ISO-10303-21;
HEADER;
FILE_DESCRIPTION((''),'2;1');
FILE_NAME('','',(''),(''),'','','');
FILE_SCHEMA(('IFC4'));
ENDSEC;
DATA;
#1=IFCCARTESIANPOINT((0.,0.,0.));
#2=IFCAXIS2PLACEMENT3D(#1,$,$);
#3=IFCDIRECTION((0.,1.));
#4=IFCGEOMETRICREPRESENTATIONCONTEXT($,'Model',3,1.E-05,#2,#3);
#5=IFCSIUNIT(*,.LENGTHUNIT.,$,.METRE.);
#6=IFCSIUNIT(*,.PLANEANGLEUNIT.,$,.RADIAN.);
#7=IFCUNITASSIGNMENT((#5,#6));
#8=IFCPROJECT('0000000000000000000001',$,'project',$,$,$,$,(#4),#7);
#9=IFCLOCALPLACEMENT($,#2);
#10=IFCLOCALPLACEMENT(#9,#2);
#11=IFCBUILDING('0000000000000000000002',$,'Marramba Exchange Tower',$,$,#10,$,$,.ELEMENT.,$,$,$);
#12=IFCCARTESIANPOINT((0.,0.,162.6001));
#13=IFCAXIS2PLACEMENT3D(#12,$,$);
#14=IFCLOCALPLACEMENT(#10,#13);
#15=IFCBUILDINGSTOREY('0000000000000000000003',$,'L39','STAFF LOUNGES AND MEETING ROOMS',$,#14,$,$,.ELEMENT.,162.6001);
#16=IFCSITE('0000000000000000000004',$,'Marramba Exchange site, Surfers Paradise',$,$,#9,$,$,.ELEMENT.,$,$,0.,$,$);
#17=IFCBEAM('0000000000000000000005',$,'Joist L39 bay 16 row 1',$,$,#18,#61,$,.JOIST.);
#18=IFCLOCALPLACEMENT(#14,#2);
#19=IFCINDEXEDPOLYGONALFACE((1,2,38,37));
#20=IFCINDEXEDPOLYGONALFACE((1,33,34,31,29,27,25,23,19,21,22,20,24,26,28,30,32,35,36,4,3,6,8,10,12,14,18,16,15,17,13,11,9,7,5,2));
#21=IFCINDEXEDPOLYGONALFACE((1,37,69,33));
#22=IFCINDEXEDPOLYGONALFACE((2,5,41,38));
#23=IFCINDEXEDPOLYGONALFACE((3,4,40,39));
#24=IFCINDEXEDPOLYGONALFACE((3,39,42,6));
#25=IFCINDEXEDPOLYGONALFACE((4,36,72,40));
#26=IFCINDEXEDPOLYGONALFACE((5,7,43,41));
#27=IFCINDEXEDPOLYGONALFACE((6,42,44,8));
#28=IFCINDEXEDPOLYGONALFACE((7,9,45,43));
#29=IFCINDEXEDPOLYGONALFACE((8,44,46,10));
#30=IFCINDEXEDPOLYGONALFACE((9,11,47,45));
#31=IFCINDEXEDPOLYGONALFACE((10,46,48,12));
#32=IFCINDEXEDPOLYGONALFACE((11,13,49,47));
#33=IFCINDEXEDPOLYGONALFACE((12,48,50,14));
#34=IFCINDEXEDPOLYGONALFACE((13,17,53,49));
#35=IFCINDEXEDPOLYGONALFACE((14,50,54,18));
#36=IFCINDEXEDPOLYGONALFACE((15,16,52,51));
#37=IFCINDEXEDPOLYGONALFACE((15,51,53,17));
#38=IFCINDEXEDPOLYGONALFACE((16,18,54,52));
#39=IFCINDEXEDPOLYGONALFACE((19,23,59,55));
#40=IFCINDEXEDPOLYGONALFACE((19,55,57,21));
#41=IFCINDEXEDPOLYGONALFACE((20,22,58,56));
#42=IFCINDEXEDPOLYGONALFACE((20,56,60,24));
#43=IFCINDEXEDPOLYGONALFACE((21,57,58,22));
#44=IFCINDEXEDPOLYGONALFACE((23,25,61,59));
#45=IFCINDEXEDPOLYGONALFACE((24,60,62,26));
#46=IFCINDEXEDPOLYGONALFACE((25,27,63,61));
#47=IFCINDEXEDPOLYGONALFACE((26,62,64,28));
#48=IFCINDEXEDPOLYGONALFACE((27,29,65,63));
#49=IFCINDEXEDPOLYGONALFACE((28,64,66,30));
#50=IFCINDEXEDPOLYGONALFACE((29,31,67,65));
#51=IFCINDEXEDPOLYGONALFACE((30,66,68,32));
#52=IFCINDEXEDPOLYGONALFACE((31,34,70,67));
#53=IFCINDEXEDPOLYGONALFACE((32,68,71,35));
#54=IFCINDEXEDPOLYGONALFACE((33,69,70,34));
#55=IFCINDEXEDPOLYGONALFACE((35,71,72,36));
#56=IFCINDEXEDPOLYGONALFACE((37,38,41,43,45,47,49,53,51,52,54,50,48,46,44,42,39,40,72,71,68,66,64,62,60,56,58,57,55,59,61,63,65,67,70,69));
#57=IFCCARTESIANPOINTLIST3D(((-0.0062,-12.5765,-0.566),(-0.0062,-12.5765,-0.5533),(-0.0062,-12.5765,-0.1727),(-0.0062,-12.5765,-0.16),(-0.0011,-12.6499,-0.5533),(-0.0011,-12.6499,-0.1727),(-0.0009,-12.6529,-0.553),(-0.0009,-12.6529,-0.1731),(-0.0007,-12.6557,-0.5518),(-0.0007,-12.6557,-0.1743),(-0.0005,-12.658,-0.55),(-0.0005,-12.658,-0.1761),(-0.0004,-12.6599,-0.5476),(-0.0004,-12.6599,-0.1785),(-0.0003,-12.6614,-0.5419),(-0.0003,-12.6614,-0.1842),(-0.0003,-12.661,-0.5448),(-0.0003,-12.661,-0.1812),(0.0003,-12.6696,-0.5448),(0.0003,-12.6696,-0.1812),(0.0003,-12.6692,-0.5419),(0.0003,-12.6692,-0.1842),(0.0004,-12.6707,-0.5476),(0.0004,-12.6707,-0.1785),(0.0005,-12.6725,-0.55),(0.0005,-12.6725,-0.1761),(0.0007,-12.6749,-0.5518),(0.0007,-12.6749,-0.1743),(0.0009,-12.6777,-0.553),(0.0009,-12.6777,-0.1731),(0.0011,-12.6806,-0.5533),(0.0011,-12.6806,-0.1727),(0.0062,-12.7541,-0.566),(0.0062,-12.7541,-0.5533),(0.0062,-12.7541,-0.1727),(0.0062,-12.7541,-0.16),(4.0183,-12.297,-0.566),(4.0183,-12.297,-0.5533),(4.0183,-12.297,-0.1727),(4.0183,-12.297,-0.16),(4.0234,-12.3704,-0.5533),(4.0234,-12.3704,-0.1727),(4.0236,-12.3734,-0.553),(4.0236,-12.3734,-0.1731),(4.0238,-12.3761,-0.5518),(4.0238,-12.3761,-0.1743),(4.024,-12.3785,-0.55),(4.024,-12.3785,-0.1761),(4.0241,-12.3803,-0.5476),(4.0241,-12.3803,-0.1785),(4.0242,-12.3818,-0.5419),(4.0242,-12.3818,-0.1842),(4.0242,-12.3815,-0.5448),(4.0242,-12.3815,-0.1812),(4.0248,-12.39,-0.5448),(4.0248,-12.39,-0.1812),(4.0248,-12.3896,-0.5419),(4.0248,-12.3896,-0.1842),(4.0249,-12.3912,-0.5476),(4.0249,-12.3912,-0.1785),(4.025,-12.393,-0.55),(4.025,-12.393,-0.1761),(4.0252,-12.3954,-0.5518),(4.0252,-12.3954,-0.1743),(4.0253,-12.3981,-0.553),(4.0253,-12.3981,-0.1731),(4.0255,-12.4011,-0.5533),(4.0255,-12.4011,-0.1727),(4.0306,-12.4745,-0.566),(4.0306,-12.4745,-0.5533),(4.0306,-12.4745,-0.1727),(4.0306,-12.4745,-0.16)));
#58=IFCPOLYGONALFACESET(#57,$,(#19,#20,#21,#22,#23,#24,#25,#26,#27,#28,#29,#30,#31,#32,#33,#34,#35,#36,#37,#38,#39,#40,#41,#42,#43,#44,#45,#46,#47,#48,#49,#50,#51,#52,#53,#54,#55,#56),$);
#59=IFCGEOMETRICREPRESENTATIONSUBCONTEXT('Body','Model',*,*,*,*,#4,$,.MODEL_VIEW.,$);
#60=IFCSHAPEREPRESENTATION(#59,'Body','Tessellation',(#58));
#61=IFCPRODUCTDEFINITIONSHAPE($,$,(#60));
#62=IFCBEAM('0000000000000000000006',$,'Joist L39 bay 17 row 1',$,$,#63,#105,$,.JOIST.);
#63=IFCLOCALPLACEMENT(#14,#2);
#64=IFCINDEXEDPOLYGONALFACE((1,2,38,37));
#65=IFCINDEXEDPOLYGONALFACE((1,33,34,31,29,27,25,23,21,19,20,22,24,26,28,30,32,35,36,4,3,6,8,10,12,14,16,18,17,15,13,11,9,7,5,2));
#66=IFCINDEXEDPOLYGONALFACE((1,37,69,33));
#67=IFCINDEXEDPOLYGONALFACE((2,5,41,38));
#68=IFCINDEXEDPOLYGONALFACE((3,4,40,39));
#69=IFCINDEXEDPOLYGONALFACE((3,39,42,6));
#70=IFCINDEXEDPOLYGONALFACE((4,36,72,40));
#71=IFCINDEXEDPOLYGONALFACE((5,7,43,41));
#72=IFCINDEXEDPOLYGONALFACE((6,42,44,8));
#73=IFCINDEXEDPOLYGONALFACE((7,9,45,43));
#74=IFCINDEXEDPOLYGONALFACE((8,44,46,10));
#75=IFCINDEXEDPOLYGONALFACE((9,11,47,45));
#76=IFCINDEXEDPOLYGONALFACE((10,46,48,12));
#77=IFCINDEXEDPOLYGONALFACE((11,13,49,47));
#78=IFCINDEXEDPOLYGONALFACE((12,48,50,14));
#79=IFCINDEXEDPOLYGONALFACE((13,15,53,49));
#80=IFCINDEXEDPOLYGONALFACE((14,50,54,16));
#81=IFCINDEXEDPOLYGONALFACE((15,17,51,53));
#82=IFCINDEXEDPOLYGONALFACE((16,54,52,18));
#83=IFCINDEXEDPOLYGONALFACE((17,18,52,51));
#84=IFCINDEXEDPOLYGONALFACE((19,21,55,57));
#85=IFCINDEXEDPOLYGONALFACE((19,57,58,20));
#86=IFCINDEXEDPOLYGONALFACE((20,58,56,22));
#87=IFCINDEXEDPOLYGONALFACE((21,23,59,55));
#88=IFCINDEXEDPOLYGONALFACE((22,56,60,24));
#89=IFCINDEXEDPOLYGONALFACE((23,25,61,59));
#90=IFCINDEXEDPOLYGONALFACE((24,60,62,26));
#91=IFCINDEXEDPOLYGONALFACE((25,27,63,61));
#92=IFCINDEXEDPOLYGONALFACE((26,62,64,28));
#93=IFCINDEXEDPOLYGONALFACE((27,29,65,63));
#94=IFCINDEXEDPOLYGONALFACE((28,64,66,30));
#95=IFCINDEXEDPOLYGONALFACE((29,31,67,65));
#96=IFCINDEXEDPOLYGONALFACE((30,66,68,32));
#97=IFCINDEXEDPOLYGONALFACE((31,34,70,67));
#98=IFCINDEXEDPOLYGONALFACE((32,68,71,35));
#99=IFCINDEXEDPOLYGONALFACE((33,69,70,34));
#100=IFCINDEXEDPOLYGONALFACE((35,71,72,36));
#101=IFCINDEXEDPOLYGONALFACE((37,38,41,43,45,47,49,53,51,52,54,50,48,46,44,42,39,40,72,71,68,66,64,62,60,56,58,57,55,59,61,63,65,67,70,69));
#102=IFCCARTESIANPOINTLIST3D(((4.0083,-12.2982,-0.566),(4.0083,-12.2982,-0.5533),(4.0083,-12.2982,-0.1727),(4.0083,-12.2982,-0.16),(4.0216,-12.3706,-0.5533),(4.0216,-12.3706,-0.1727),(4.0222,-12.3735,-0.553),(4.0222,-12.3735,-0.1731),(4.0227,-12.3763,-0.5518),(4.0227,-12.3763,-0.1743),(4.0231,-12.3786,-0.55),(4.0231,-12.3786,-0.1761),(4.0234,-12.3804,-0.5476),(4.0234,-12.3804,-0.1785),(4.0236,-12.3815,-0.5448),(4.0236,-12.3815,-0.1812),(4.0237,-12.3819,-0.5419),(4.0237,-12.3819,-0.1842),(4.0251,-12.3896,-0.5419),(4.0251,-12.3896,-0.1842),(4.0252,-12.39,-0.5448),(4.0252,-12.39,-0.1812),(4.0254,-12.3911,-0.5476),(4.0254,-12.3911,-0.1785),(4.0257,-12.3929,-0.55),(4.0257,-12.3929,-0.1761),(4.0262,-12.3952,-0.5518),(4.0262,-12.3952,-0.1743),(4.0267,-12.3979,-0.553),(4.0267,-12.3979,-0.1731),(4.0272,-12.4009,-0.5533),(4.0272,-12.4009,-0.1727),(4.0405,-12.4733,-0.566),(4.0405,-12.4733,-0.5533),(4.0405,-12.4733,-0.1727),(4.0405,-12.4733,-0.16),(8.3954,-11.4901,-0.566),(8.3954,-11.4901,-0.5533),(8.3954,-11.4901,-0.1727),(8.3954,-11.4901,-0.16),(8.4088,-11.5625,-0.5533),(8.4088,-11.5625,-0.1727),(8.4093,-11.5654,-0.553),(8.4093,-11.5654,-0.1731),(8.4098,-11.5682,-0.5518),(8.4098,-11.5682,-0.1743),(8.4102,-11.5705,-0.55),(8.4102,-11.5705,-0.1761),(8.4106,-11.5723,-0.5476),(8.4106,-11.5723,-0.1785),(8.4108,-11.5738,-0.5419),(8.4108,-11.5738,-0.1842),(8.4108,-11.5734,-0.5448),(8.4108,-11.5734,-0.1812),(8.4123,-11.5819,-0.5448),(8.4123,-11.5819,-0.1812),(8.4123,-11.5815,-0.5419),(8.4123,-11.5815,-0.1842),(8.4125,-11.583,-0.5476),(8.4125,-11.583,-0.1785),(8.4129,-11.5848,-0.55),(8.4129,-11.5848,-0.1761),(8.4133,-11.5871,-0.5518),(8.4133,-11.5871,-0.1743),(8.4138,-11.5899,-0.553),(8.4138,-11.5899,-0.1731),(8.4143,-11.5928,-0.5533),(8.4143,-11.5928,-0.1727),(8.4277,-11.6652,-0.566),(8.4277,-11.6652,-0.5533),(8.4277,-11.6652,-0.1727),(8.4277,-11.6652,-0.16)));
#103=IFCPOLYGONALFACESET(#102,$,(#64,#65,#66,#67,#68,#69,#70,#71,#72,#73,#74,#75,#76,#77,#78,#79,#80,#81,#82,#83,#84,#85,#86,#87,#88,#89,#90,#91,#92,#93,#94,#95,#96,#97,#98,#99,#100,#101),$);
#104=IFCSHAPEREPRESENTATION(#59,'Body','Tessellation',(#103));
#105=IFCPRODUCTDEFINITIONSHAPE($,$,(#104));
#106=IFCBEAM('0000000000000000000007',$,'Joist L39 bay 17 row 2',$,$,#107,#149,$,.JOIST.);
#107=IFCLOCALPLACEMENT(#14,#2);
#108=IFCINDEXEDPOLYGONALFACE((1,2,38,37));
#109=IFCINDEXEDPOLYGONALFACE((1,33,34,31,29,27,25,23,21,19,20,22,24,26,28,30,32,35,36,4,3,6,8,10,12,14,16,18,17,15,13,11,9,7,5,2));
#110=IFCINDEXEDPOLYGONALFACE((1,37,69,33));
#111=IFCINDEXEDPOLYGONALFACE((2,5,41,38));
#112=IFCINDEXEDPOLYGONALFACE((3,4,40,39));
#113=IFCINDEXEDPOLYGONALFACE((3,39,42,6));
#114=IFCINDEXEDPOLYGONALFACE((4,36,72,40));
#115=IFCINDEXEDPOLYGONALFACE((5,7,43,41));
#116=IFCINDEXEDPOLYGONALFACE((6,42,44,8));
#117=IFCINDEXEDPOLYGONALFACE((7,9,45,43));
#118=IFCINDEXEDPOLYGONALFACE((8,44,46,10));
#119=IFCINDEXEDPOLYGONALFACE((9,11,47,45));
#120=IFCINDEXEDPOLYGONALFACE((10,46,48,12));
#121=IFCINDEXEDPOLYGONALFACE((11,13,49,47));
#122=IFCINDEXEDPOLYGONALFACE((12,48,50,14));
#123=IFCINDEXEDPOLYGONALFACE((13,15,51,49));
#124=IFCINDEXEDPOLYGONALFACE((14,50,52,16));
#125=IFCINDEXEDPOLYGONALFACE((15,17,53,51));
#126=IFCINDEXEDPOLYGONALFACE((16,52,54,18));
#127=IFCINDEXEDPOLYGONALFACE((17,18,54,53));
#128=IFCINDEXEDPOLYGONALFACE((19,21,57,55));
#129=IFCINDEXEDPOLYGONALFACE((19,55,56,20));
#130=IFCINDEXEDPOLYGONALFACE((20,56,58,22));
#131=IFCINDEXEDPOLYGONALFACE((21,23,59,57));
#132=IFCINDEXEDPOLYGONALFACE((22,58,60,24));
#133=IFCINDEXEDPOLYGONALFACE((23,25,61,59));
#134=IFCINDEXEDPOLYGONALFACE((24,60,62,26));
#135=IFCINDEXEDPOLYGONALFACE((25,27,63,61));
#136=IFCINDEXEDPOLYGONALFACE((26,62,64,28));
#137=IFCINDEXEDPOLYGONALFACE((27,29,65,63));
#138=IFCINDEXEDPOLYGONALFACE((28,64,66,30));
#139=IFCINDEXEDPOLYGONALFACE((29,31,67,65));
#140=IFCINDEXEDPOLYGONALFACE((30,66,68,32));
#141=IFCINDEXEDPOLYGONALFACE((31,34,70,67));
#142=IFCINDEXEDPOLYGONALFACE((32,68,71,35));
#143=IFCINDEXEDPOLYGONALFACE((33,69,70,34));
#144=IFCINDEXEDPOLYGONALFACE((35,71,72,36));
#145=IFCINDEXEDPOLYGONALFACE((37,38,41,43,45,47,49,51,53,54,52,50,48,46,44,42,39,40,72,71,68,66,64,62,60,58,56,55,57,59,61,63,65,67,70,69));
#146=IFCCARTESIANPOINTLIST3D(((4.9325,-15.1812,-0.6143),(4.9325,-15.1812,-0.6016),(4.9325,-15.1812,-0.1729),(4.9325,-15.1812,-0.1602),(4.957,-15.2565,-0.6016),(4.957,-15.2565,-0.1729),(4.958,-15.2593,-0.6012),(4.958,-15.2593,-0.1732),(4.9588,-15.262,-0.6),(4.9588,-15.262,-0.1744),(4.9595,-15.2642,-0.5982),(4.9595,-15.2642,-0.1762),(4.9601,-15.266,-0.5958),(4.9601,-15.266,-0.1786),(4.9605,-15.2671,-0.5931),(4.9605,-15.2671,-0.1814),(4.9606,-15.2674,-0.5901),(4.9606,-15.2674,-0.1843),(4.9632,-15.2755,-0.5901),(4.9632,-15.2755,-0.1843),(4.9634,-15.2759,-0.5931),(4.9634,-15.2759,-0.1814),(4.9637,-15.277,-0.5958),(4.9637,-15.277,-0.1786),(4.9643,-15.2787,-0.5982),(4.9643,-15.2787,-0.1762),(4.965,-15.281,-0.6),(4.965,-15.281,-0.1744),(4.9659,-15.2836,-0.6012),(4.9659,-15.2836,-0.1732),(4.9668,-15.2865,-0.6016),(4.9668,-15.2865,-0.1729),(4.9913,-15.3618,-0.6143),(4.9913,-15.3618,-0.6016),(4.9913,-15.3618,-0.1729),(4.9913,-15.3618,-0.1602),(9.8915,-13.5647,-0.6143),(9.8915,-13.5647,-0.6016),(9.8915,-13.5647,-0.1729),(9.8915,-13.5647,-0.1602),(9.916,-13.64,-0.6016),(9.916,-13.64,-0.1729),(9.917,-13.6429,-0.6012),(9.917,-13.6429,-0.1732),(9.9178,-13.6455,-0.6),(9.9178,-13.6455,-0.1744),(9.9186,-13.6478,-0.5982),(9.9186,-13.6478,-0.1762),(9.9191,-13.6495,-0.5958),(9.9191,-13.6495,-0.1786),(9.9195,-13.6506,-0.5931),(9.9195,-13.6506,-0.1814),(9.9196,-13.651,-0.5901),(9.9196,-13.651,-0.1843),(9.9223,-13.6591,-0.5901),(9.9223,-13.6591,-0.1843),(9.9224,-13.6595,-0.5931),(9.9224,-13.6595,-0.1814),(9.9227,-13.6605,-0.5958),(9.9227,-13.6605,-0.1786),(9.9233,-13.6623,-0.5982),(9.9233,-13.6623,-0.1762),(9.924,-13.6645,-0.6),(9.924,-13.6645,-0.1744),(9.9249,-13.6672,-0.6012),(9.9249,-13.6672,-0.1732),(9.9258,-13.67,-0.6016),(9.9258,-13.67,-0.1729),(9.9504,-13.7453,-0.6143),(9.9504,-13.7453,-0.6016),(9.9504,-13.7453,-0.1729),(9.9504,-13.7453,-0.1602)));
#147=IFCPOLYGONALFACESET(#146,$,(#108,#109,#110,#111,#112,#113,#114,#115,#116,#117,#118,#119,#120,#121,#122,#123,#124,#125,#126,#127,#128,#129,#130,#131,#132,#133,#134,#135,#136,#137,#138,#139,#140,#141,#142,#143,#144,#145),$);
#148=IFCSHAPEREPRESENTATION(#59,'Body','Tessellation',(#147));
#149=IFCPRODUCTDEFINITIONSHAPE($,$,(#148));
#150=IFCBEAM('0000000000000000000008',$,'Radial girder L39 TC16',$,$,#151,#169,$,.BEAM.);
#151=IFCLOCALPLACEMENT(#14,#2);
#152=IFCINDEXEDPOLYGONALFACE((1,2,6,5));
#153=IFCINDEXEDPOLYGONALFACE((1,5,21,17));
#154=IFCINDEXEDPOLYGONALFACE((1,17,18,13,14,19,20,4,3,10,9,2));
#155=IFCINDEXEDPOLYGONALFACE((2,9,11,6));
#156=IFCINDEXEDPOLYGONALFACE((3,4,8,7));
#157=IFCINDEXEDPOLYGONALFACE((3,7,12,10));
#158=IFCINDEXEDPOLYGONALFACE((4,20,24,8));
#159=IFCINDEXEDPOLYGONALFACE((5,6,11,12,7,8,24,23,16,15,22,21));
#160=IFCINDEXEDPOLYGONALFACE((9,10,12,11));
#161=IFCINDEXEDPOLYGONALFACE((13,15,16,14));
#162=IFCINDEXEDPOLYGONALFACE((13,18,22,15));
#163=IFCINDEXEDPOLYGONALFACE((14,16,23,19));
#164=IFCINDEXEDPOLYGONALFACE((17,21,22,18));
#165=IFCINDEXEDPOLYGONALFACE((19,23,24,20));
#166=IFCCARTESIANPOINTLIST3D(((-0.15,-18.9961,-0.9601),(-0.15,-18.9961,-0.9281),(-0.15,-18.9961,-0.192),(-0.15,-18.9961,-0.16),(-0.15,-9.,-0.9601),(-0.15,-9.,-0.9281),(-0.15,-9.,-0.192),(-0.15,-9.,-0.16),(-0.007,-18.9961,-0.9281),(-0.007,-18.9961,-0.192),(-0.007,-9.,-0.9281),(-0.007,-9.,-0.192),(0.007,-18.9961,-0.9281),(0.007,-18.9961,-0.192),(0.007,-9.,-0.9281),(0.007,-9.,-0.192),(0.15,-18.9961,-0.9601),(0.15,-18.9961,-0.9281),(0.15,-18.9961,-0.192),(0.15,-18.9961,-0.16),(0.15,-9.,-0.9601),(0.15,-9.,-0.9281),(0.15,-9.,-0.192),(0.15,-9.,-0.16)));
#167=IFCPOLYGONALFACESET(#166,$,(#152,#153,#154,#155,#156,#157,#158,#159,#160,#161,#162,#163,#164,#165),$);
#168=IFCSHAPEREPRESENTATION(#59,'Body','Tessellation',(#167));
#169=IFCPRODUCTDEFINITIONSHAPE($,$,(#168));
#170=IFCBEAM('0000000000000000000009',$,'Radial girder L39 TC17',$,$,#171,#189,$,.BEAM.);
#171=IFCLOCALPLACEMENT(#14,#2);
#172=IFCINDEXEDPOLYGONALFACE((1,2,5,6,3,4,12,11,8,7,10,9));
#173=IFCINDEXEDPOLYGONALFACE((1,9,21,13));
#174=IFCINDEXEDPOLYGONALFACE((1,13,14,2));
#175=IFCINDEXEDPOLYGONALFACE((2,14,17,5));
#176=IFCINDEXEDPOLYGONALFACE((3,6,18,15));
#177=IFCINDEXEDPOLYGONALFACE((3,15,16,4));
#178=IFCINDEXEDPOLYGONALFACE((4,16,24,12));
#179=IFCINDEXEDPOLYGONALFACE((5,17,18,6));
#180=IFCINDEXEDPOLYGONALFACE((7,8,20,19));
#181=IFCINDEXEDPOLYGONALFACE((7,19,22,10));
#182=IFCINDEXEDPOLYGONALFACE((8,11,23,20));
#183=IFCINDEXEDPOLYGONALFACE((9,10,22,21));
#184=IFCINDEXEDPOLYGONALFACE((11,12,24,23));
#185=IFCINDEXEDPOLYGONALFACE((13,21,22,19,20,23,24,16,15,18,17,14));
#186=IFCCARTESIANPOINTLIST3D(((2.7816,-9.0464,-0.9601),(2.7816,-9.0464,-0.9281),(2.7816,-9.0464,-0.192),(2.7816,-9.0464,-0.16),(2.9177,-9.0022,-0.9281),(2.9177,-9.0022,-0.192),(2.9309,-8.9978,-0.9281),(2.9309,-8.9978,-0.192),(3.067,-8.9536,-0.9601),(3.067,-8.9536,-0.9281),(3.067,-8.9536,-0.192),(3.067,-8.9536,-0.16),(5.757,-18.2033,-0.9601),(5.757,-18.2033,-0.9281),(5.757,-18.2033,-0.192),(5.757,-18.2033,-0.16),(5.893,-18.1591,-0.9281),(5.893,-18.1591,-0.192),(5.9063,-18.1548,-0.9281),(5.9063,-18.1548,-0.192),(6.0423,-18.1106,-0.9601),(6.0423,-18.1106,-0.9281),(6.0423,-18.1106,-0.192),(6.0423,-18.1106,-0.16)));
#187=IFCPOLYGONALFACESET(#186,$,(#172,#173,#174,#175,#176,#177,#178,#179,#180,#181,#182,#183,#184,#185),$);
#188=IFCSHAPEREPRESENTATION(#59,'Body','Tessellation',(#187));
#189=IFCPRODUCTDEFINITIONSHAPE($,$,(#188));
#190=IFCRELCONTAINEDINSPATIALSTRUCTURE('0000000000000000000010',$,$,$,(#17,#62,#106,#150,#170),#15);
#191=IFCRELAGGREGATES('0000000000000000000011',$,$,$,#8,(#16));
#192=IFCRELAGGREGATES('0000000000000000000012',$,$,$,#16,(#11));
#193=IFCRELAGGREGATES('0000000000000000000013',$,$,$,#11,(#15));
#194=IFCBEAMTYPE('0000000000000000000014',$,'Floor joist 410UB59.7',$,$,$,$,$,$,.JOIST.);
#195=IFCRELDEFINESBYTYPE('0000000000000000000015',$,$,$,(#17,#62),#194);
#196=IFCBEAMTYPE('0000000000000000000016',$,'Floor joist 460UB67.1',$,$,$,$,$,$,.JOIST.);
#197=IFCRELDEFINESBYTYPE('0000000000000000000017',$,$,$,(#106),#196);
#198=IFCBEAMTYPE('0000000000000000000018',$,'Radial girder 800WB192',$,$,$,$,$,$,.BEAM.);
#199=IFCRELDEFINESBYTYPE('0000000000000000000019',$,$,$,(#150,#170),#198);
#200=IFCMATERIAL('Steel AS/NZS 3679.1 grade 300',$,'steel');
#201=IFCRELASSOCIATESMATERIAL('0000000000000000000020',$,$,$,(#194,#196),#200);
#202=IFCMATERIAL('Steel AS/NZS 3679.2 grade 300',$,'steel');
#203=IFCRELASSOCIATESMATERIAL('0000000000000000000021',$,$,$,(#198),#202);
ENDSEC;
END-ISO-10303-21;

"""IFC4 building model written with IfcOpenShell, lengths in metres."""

from ifc_helpers import new_model, si_unit, direction, frame, origin, origin_2d, place, context, subcontext, project, spatial, i_section, extrude, material, material_profile, profile_set, type_object, element, save


model = new_model("IFC4")

# Units and contexts
model_context = context("Model", 3, precision=1e-05, world=origin(), true_north=direction((0.0, 1.0)))
body_context = subcontext(model_context, "Body", "Model", "MODEL_VIEW")
ifc_project = project(units=[si_unit("LENGTHUNIT", "METRE"), si_unit("PLANEANGLEUNIT", "RADIAN")], contexts=[model_context])

# Site, building, storey
site_placement = place(None, origin())
site = spatial("IfcSite", under=ifc_project, at=site_placement, Name="Marramba Exchange site, Surfers Paradise", CompositionType="ELEMENT", RefElevation=0.0)
building_placement = place(site_placement, origin())
building = spatial("IfcBuilding", under=site, at=building_placement, Name="Marramba Exchange Tower", CompositionType="ELEMENT")
storey_placement = place(building_placement, frame((0.0, 0.0, 162.6001)))
storey = spatial("IfcBuildingStorey", under=building, at=storey_placement, Name="L39", Description="STAFF LOUNGES AND MEETING ROOMS", CompositionType="ELEMENT", Elevation=162.6001)

# Beams
ifc_material_1 = material(Name="Steel AS/NZS 3679.1 grade 300", Category="steel")
ifc_material_profile_1 = material_profile(ifc_material_1, i_section(OverallWidth=0.178, OverallDepth=0.406, WebThickness=0.0078, FlangeThickness=0.0127, FilletRadius=0.0115, at=origin_2d()), Name="410UB59.7")
ifc_profile_set_1 = profile_set([ifc_material_profile_1], Name="Steel AS/NZS 3679.1 grade 300")
beam_type_1 = type_object("IfcBeamType", Name="Floor joist 410UB59.7", PredefinedType="JOIST", material=ifc_profile_set_1)
beam_1_placement = place(storey_placement, frame((0.0, -12.6653, -0.363), z_axis=(0.997596, 0.069294, 0.0), x_axis=(-0.069294, 0.997596, 0.0)))
element("IfcBeam", 1, at=beam_1_placement, inside=storey, type_object=beam_type_1, Name="Joist L39 bay 16 row 1", PredefinedType="JOIST", context=body_context, shape_type="SweptSolid", body=[
    extrude(i_section(OverallWidth=0.178, OverallDepth=0.406, WebThickness=0.0078, FlangeThickness=0.0127, FilletRadius=0.0115, at=origin_2d()), origin(), (0.0, 0.0, 1.0), 4.0342),
])
beam_2_placement = place(storey_placement, frame((4.0244, -12.3857, -0.363), z_axis=(0.983456, 0.181149, 0.0), x_axis=(-0.181149, 0.983456, 0.0)))
element("IfcBeam", 2, at=beam_2_placement, inside=storey, type_object=beam_type_1, Name="Joist L39 bay 17 row 1", PredefinedType="JOIST", context=body_context, shape_type="SweptSolid", body=[
    extrude(i_section(OverallWidth=0.178, OverallDepth=0.406, WebThickness=0.0078, FlangeThickness=0.0127, FilletRadius=0.0115, at=origin_2d()), origin(), (0.0, 0.0, 1.0), 4.4609),
])
ifc_material_profile_2 = material_profile(ifc_material_1, i_section(OverallWidth=0.1899, OverallDepth=0.4541, WebThickness=0.0085, FlangeThickness=0.0127, FilletRadius=0.0115, at=origin_2d()), Name="460UB67.1")
ifc_profile_set_2 = profile_set([ifc_material_profile_2], Name="Steel AS/NZS 3679.1 grade 300")
beam_type_2 = type_object("IfcBeamType", Name="Floor joist 460UB67.1", PredefinedType="JOIST", material=ifc_profile_set_2)
beam_3_placement = place(storey_placement, frame((4.9619, -15.2715, -0.3872), z_axis=(0.950764, 0.309916, 0.0), x_axis=(-0.309916, 0.950764, 0.0)))
element("IfcBeam", 3, at=beam_3_placement, inside=storey, type_object=beam_type_2, Name="Joist L39 bay 17 row 2", PredefinedType="JOIST", context=body_context, shape_type="SweptSolid", body=[
    extrude(i_section(OverallWidth=0.1899, OverallDepth=0.4541, WebThickness=0.0085, FlangeThickness=0.0127, FilletRadius=0.0115, at=origin_2d()), origin(), (0.0, 0.0, 1.0), 5.2158),
])
ifc_material_2 = material(Name="Steel AS/NZS 3679.2 grade 300", Category="steel")
ifc_material_profile_3 = material_profile(ifc_material_2, i_section(OverallWidth=0.3, OverallDepth=0.8, WebThickness=0.0139, FlangeThickness=0.032, at=origin_2d()), Name="800WB192")
ifc_profile_set_3 = profile_set([ifc_material_profile_3], Name="Steel AS/NZS 3679.2 grade 300")
beam_type_3 = type_object("IfcBeamType", Name="Radial girder 800WB192", PredefinedType="BEAM", material=ifc_profile_set_3)
beam_4_placement = place(storey_placement, frame((0.0, -9.0, -0.5601), z_axis=(0.0, -1.0, 0.0), x_axis=(1.0, 0.0, 0.0)))
element("IfcBeam", 4, at=beam_4_placement, inside=storey, type_object=beam_type_3, Name="Radial girder L39 TC16", PredefinedType="BEAM", context=body_context, shape_type="SweptSolid", body=[
    extrude(i_section(OverallWidth=0.3, OverallDepth=0.8, WebThickness=0.0139, FlangeThickness=0.032, at=origin_2d()), origin(), (0.0, 0.0, 1.0), 9.9961),
])
beam_5_placement = place(storey_placement, frame((2.9243, -9.0, -0.5601), z_axis=(0.309022, -0.951055, 0.0), x_axis=(0.951055, 0.309022, 0.0)))
element("IfcBeam", 5, at=beam_5_placement, inside=storey, type_object=beam_type_3, Name="Radial girder L39 TC17", PredefinedType="BEAM", context=body_context, shape_type="SweptSolid", body=[
    extrude(i_section(OverallWidth=0.3, OverallDepth=0.8, WebThickness=0.0139, FlangeThickness=0.032, at=origin_2d()), origin(), (0.0, 0.0, 1.0), 9.6282),
])

save(model, "model.ifc")
